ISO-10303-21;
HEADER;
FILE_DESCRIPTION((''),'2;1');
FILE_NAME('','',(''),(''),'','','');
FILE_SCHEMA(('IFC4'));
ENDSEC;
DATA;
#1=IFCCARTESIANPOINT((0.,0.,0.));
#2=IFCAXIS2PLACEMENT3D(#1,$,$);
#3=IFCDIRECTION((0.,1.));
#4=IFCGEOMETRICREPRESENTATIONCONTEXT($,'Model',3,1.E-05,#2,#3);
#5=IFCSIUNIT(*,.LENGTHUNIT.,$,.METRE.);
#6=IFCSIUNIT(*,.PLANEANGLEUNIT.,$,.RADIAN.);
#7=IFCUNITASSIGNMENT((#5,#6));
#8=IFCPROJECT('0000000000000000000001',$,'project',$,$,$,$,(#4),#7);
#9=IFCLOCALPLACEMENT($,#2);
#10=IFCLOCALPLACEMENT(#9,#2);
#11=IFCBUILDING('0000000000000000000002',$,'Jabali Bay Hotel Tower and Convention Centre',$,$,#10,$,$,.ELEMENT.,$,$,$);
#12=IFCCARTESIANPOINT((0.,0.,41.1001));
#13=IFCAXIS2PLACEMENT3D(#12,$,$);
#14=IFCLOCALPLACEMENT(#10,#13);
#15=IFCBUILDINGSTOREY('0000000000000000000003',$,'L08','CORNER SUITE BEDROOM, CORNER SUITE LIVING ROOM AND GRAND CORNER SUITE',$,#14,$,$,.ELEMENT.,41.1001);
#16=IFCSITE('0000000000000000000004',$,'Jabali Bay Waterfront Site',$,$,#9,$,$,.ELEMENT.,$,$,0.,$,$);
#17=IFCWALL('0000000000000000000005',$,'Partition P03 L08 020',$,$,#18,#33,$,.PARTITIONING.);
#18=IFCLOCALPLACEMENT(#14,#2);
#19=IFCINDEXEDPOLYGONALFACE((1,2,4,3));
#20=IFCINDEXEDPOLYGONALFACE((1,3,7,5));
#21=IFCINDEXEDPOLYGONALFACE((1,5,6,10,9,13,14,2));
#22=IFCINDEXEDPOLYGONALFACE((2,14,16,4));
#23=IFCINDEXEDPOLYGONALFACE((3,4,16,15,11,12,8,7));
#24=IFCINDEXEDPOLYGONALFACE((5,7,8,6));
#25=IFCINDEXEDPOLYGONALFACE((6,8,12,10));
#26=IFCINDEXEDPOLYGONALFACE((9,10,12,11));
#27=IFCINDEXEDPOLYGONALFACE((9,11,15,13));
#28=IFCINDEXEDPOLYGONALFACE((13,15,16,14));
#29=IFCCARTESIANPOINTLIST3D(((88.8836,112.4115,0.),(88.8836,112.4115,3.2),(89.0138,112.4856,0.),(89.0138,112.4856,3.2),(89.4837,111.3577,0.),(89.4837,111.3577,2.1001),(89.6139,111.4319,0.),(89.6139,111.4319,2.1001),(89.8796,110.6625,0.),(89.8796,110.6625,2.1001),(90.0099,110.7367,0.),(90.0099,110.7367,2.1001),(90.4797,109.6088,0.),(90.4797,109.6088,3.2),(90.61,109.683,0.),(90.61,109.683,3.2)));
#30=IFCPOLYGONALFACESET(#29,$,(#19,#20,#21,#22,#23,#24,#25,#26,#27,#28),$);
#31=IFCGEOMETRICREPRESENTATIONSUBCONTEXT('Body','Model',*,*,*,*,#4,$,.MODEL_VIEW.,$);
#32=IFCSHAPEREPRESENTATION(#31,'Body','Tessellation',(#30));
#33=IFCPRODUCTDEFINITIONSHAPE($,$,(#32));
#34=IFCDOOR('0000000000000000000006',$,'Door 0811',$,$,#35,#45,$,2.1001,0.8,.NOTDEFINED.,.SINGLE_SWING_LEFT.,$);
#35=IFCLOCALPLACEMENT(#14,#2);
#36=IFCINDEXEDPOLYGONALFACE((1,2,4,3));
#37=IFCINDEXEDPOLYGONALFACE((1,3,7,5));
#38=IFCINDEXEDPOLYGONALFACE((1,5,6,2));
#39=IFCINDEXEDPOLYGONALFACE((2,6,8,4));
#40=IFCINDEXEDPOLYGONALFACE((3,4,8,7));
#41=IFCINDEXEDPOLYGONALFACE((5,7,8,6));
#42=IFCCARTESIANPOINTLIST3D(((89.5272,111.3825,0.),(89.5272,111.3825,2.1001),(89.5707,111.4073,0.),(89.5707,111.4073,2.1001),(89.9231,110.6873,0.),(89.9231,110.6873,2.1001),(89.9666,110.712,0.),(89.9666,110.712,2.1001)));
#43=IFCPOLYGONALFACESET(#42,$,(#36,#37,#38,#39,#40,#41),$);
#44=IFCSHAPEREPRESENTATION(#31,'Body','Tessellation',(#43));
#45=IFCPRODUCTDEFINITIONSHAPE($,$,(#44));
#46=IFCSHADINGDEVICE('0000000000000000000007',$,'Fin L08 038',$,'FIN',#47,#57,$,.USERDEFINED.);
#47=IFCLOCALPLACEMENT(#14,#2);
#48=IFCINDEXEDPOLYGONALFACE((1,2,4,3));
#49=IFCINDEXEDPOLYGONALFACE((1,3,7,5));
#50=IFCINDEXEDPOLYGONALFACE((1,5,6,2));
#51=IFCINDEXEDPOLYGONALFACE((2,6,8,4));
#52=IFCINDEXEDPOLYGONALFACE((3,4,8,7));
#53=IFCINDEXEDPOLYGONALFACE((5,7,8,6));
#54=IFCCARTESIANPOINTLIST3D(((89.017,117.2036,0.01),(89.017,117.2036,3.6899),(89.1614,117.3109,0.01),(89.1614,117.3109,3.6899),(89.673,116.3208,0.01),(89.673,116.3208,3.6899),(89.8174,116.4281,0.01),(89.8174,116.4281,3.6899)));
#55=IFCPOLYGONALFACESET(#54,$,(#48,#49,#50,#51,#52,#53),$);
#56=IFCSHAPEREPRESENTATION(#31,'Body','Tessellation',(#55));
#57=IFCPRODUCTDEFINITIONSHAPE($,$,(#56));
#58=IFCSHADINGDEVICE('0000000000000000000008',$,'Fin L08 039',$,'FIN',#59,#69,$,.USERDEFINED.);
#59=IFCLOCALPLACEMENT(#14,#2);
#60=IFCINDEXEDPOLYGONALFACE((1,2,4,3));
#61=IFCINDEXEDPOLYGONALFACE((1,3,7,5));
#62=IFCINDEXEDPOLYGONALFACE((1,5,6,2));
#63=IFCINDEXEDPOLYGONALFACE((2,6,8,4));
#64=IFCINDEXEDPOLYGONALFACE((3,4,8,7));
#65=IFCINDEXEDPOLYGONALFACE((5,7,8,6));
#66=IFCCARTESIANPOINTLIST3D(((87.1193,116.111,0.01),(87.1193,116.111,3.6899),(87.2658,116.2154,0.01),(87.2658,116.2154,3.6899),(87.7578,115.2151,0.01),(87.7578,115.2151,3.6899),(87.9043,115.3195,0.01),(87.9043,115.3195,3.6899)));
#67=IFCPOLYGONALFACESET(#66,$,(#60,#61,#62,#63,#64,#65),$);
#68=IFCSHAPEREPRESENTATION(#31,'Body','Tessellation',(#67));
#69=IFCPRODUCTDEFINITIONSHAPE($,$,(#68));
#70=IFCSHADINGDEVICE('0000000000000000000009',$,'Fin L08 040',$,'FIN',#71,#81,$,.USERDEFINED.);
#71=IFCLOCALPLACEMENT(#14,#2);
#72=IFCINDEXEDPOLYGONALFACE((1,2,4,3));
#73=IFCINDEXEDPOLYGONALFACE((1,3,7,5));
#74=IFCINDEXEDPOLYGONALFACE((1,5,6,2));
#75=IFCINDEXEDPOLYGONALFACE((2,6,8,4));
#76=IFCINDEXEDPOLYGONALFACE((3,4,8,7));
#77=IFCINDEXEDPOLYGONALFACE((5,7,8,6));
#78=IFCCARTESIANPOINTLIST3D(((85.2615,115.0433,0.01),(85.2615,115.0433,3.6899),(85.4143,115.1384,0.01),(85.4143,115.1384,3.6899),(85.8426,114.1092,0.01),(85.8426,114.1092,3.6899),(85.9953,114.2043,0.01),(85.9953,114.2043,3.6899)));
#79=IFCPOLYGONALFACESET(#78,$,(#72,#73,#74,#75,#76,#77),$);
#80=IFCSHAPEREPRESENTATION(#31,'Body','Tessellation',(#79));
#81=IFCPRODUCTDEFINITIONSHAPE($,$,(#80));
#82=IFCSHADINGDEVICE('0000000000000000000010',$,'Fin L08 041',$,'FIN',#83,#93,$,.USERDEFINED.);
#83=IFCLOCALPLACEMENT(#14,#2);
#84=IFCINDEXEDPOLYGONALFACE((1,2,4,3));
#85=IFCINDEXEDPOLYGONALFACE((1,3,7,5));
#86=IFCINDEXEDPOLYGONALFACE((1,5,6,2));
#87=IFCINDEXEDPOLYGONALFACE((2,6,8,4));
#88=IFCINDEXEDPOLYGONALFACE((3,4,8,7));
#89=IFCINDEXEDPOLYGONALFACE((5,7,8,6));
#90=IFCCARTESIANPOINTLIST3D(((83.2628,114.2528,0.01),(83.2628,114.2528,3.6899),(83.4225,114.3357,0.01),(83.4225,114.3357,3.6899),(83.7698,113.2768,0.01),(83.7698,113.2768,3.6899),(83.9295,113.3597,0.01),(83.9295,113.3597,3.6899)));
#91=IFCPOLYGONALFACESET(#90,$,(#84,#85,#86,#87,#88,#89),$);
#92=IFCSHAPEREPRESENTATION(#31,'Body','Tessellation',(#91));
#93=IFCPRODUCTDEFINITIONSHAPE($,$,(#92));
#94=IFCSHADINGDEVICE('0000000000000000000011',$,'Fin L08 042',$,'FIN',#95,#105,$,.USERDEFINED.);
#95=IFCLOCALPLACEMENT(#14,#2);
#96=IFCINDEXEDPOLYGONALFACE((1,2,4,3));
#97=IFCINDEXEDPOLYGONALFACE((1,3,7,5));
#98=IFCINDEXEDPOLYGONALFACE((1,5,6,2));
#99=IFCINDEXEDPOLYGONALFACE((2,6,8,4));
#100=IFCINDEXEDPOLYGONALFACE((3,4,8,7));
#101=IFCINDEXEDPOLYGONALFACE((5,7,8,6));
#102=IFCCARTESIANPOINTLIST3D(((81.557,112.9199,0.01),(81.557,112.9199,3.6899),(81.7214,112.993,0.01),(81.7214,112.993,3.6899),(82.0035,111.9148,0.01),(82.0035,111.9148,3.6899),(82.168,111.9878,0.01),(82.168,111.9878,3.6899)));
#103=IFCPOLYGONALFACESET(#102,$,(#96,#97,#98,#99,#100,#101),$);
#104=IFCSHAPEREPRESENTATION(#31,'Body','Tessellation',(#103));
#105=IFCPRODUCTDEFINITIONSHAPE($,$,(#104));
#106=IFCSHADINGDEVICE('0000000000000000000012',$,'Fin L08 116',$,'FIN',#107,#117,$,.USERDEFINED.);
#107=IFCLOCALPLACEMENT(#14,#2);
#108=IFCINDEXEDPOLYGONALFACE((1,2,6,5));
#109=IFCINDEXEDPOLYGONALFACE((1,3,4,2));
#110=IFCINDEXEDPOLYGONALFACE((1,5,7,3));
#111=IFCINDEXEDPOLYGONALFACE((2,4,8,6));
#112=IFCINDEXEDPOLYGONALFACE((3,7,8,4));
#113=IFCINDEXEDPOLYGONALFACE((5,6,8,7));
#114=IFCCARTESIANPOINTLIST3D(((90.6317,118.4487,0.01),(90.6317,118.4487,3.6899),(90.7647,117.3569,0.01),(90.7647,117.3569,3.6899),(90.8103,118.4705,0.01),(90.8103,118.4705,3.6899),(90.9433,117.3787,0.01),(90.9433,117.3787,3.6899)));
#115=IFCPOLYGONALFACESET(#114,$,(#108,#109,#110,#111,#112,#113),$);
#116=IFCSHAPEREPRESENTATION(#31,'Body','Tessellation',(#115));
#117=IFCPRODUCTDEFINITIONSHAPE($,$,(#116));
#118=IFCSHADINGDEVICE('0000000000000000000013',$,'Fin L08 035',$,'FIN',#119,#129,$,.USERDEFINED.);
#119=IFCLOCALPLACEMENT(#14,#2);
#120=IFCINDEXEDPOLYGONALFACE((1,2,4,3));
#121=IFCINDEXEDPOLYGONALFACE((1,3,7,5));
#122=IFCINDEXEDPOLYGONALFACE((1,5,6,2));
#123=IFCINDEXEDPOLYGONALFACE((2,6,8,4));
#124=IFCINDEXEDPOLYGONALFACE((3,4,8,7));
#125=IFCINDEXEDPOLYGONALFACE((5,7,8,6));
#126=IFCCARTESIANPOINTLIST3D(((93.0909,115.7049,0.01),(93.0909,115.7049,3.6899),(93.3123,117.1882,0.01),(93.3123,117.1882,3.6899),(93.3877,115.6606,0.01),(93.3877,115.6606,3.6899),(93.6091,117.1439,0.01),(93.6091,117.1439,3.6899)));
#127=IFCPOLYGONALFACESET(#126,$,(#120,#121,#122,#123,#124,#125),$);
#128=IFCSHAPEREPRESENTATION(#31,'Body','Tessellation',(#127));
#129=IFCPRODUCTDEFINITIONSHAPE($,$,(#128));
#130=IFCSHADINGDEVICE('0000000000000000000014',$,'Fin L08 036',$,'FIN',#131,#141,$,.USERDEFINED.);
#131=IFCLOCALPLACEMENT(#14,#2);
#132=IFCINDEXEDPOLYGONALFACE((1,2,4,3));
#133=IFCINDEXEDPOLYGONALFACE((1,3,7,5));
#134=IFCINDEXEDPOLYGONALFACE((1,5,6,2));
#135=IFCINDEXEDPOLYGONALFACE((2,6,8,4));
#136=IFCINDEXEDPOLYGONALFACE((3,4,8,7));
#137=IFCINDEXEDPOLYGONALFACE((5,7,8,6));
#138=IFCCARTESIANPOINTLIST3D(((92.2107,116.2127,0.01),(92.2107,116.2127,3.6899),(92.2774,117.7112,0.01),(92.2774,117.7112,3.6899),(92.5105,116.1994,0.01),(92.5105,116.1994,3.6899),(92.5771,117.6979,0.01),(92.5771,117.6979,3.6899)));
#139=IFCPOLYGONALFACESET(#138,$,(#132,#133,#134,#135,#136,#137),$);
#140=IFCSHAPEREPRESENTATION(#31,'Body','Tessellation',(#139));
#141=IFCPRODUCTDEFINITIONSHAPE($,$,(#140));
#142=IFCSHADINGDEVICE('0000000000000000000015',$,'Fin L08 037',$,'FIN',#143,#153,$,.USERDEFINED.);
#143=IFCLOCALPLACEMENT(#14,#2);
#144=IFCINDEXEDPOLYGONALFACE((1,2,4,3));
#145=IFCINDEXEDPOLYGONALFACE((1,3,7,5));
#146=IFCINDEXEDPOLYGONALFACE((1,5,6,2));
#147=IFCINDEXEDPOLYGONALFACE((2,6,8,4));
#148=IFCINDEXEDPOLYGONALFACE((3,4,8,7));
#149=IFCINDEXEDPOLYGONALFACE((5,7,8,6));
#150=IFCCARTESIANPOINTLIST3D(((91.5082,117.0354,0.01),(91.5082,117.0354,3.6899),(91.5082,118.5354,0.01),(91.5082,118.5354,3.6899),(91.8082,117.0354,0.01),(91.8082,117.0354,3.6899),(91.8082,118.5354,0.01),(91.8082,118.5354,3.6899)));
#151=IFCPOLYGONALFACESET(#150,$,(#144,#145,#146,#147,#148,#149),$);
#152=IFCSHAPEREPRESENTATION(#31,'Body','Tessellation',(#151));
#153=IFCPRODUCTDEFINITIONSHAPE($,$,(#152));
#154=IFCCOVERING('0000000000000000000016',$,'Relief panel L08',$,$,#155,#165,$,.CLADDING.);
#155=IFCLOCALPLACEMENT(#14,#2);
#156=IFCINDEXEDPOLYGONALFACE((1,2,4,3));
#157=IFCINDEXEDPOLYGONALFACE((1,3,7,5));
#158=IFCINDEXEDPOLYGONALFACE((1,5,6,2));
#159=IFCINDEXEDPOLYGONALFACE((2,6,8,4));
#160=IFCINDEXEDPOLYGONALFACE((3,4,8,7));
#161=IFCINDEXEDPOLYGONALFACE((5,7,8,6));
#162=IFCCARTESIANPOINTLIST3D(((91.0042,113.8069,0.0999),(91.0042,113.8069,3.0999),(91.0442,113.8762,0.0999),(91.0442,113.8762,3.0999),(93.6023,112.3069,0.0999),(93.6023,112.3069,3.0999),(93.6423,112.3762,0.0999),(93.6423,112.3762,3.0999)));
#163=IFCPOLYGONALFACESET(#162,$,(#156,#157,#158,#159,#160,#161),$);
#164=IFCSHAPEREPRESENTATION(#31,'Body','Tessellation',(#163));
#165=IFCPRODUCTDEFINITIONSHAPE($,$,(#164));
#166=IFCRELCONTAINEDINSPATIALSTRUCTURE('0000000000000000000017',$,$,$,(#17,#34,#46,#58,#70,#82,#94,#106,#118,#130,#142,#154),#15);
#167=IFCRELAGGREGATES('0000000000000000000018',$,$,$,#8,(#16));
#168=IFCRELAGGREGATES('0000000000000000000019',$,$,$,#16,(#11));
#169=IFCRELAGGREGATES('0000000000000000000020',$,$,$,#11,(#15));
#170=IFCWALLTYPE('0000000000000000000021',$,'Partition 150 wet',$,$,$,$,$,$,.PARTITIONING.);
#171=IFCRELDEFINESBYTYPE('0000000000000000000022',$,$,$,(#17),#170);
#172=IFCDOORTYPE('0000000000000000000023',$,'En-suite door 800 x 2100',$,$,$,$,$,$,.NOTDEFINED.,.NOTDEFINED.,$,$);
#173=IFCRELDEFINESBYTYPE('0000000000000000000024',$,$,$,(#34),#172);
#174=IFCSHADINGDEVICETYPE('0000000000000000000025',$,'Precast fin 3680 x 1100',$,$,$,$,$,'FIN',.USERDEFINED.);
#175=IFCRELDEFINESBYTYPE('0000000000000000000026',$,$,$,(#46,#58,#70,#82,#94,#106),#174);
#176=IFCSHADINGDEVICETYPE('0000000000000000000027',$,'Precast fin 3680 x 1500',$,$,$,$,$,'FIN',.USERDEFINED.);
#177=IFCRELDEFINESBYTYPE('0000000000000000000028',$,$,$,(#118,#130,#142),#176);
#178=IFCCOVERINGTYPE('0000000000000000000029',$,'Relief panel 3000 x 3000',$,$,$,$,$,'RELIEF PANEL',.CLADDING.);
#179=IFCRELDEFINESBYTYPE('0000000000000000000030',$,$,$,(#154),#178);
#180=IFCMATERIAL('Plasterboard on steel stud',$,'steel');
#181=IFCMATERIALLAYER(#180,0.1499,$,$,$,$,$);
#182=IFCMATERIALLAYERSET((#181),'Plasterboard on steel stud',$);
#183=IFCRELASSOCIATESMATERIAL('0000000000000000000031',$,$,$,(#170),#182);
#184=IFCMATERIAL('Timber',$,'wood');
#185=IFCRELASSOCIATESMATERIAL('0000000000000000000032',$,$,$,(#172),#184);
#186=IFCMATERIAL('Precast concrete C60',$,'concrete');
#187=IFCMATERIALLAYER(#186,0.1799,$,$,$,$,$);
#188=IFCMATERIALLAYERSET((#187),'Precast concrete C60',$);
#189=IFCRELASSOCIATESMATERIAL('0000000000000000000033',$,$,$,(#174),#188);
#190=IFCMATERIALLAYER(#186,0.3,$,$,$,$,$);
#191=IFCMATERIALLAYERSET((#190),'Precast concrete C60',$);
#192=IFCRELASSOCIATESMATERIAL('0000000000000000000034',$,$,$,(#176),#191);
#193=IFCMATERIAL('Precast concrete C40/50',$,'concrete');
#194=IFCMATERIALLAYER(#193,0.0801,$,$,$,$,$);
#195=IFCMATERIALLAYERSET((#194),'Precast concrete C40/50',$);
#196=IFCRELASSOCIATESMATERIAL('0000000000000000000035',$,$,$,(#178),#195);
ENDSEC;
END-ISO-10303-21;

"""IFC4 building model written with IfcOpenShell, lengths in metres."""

from ifc_helpers import new_model, si_unit, direction, frame, frame_2d, origin, origin_2d, place, context, subcontext, project, spatial, rectangle, extrude, material, layer, layer_set, type_object, element, fill, save


model = new_model("IFC4")

# Units and contexts
model_context = context("Model", 3, precision=1e-05, world=origin(), true_north=direction((0.0, 1.0)))
body_context = subcontext(model_context, "Body", "Model", "MODEL_VIEW")
ifc_project = project(units=[si_unit("LENGTHUNIT", "METRE"), si_unit("PLANEANGLEUNIT", "RADIAN")], contexts=[model_context])

# Site, building, storey
site_placement = place(None, origin())
site = spatial("IfcSite", under=ifc_project, at=site_placement, Name="Jabali Bay Waterfront Site", CompositionType="ELEMENT", RefElevation=0.0)
building_placement = place(site_placement, origin())
building = spatial("IfcBuilding", under=site, at=building_placement, Name="Jabali Bay Hotel Tower and Convention Centre", CompositionType="ELEMENT")
storey_placement = place(building_placement, frame((0.0, 0.0, 41.1001)))
storey = spatial("IfcBuildingStorey", under=building, at=storey_placement, Name="L08", Description="CORNER SUITE BEDROOM, CORNER SUITE LIVING ROOM AND GRAND CORNER SUITE", CompositionType="ELEMENT", Elevation=41.1001)

# Shared definitions
ifc_material_1 = material(Name="Plasterboard on steel stud", Category="steel")
ifc_layer_1 = layer(ifc_material_1, 0.1499)
ifc_layer_set_1 = layer_set([ifc_layer_1], Name="Plasterboard on steel stud")
wall_type_1 = type_object("IfcWallType", Name="Partition 150 wet", PredefinedType="PARTITIONING", material=ifc_layer_set_1)

# Wall, opening, door
wall_1_placement = place(storey_placement, frame((90.5449, 109.6458, 0.0), z_axis=(0.0, 0.0, 1.0), x_axis=(-0.494883, 0.86896, 0.0)))
wall_1 = element("IfcWall", 1, at=wall_1_placement, inside=storey, type_object=wall_type_1, Name="Partition P03 L08 020", PredefinedType="PARTITIONING", context=body_context, shape_type="SweptSolid", body=[
    extrude(rectangle(XDim=3.2253, YDim=0.1499, at=frame_2d((1.6128, 0.0))), origin(), (0.0, 0.0, 1.0), 3.2),
])
opening_1_placement = place(wall_1_placement, frame((1.2129, 0.0, 0.0)))
opening_1 = element("IfcOpeningElement", 2, at=opening_1_placement, cuts=wall_1, PredefinedType="OPENING", context=body_context, shape_type="SweptSolid", body=[
    extrude(rectangle(XDim=0.8, YDim=2.1001, at=frame_2d((0.3999, 1.05))), frame((0.0, 0.0854, 0.0), z_axis=(0.0, -1.0, 0.0), x_axis=(1.0, 0.0, 0.0)), (0.0, 0.0, 1.0), 0.1709),
])
ifc_material_2 = material(Name="Timber", Category="wood")
door_type = type_object("IfcDoorType", Name="En-suite door 800 x 2100", OperationType="NOTDEFINED", PredefinedType="NOTDEFINED", material=ifc_material_2)
door_placement = place(opening_1_placement, origin())
door = element("IfcDoor", 3, at=door_placement, inside=storey, type_object=door_type, Name="Door 0811", OperationType="SINGLE_SWING_LEFT", OverallHeight=2.1001, OverallWidth=0.8, PredefinedType="NOTDEFINED", context=body_context, shape_type="SweptSolid", body=[
    extrude(rectangle(XDim=0.8, YDim=2.1001, at=frame_2d((0.3999, 1.05))), frame((0.0, 0.0249, 0.0), z_axis=(0.0, -1.0, 0.0), x_axis=(1.0, 0.0, 0.0)), (0.0, 0.0, 1.0), 0.05),
])
fill(opening_1, door)

# Shading devices
ifc_material_3 = material(Name="Precast concrete C60", Category="concrete")
ifc_layer_2 = layer(ifc_material_3, 0.1799)
ifc_layer_set_2 = layer_set([ifc_layer_2], Name="Precast concrete C60")
shading_device_type_1 = type_object("IfcShadingDeviceType", Name="Precast fin 3680 x 1100", ElementType="FIN", PredefinedType="USERDEFINED", material=ifc_layer_set_2)
shading_device_1_placement = place(storey_placement, frame((89.7451, 116.3745, 0.01), z_axis=(0.0, 0.0, 1.0), x_axis=(-0.596443, 0.802656, 0.0)))
element("IfcShadingDevice", 4, at=shading_device_1_placement, inside=storey, type_object=shading_device_type_1, Name="Fin L08 038", ObjectType="FIN", PredefinedType="USERDEFINED", context=body_context, shape_type="SweptSolid", body=[
    extrude(rectangle(XDim=1.0999, YDim=0.1799, at=frame_2d((0.5498, 0.0))), origin(), (0.0, 0.0, 1.0), 3.6799),
])
for number, where, z_axis, x_axis, name in (
    (5, (87.8311, 115.2673, 0.01), (0.0, 0.0, 1.0), (-0.580398, 0.814333, 0.0), "Fin L08 039"),
    (6, (85.9189, 114.1567, 0.01), (0.0, 0.0, 1.0), (-0.528202, 0.849119, 0.0), "Fin L08 040"),
):
    element("IfcShadingDevice", number, at=place(storey_placement, frame(where, z_axis=z_axis, x_axis=x_axis)), inside=storey, type_object=shading_device_type_1, Name=name, ObjectType="FIN", PredefinedType="USERDEFINED", context=body_context, shape_type="SweptSolid", body=[
        extrude(rectangle(XDim=1.1001, YDim=0.1799, at=frame_2d((0.55, 0.0))), origin(), (0.0, 0.0, 1.0), 3.6799),
    ])
for number, where, z_axis, x_axis, name in (
    (7, (83.8496, 113.3184, 0.01), (0.0, 0.0, 1.0), (-0.46101, 0.887395, 0.0), "Fin L08 041"),
    (8, (82.0857, 111.9514, 0.01), (0.0, 0.0, 1.0), (-0.405994, 0.913876, 0.0), "Fin L08 042"),
    (9, (90.854, 117.3679, 0.01), (0.0, 0.0, 1.0), (-0.120974, 0.992656, 0.0), "Fin L08 116"),
):
    element("IfcShadingDevice", number, at=place(storey_placement, frame(where, z_axis=z_axis, x_axis=x_axis)), inside=storey, type_object=shading_device_type_1, Name=name, ObjectType="FIN", PredefinedType="USERDEFINED", context=body_context, shape_type="SweptSolid", body=[
        extrude(rectangle(XDim=1.0999, YDim=0.1799, at=frame_2d((0.5498, 0.0))), origin(), (0.0, 0.0, 1.0), 3.6799),
    ])
ifc_layer_3 = layer(ifc_material_3, 0.3)
ifc_layer_set_3 = layer_set([ifc_layer_3], Name="Precast concrete C60")
shading_device_type_2 = type_object("IfcShadingDeviceType", Name="Precast fin 3680 x 1500", ElementType="FIN", PredefinedType="USERDEFINED", material=ifc_layer_set_3)
shading_device_2_placement = place(storey_placement, frame((93.2393, 115.6826, 0.01), z_axis=(0.0, 0.0, 1.0), x_axis=(0.14764, 0.989041, 0.0)))
element("IfcShadingDevice", 10, at=shading_device_2_placement, inside=storey, type_object=shading_device_type_2, Name="Fin L08 035", ObjectType="FIN", PredefinedType="USERDEFINED", context=body_context, shape_type="SweptSolid", body=[
    extrude(rectangle(XDim=1.4998, YDim=0.3, at=frame_2d((0.75, 0.0))), origin(), (0.0, 0.0, 1.0), 3.6799),
])
for number, where, z_axis, x_axis, name in (
    (11, (92.3606, 116.2061, 0.01), (0.0, 0.0, 1.0), (0.044433, 0.999012, 0.0), "Fin L08 036"),
    (12, (91.6582, 117.0354, 0.01), (0.0, 0.0, 1.0), (0.0, 1.0, 0.0), "Fin L08 037"),
):
    element("IfcShadingDevice", number, at=place(storey_placement, frame(where, z_axis=z_axis, x_axis=x_axis)), inside=storey, type_object=shading_device_type_2, Name=name, ObjectType="FIN", PredefinedType="USERDEFINED", context=body_context, shape_type="SweptSolid", body=[
        extrude(rectangle(XDim=1.5, YDim=0.3, at=frame_2d((0.75, 0.0))), origin(), (0.0, 0.0, 1.0), 3.6799),
    ])

# Covering
ifc_material_4 = material(Name="Precast concrete C40/50", Category="concrete")
ifc_layer_4 = layer(ifc_material_4, 0.0801)
ifc_layer_set_4 = layer_set([ifc_layer_4], Name="Precast concrete C40/50")
covering_type = type_object("IfcCoveringType", Name="Relief panel 3000 x 3000", ElementType="RELIEF PANEL", PredefinedType="CLADDING", material=ifc_layer_set_4)
covering_placement = place(storey_placement, frame((92.3232, 113.0916, 0.0999), z_axis=(0.0, 0.0, 1.0), x_axis=(0.866025, -0.5, 0.0)))
element("IfcCovering", 13, at=covering_placement, inside=storey, type_object=covering_type, Name="Relief panel L08", PredefinedType="CLADDING", context=body_context, shape_type="SweptSolid", body=[
    extrude(rectangle(XDim=3.0, YDim=0.0801, at=origin_2d()), origin(), (0.0, 0.0, 1.0), 3.0),
])

save(model, "model.ifc")
